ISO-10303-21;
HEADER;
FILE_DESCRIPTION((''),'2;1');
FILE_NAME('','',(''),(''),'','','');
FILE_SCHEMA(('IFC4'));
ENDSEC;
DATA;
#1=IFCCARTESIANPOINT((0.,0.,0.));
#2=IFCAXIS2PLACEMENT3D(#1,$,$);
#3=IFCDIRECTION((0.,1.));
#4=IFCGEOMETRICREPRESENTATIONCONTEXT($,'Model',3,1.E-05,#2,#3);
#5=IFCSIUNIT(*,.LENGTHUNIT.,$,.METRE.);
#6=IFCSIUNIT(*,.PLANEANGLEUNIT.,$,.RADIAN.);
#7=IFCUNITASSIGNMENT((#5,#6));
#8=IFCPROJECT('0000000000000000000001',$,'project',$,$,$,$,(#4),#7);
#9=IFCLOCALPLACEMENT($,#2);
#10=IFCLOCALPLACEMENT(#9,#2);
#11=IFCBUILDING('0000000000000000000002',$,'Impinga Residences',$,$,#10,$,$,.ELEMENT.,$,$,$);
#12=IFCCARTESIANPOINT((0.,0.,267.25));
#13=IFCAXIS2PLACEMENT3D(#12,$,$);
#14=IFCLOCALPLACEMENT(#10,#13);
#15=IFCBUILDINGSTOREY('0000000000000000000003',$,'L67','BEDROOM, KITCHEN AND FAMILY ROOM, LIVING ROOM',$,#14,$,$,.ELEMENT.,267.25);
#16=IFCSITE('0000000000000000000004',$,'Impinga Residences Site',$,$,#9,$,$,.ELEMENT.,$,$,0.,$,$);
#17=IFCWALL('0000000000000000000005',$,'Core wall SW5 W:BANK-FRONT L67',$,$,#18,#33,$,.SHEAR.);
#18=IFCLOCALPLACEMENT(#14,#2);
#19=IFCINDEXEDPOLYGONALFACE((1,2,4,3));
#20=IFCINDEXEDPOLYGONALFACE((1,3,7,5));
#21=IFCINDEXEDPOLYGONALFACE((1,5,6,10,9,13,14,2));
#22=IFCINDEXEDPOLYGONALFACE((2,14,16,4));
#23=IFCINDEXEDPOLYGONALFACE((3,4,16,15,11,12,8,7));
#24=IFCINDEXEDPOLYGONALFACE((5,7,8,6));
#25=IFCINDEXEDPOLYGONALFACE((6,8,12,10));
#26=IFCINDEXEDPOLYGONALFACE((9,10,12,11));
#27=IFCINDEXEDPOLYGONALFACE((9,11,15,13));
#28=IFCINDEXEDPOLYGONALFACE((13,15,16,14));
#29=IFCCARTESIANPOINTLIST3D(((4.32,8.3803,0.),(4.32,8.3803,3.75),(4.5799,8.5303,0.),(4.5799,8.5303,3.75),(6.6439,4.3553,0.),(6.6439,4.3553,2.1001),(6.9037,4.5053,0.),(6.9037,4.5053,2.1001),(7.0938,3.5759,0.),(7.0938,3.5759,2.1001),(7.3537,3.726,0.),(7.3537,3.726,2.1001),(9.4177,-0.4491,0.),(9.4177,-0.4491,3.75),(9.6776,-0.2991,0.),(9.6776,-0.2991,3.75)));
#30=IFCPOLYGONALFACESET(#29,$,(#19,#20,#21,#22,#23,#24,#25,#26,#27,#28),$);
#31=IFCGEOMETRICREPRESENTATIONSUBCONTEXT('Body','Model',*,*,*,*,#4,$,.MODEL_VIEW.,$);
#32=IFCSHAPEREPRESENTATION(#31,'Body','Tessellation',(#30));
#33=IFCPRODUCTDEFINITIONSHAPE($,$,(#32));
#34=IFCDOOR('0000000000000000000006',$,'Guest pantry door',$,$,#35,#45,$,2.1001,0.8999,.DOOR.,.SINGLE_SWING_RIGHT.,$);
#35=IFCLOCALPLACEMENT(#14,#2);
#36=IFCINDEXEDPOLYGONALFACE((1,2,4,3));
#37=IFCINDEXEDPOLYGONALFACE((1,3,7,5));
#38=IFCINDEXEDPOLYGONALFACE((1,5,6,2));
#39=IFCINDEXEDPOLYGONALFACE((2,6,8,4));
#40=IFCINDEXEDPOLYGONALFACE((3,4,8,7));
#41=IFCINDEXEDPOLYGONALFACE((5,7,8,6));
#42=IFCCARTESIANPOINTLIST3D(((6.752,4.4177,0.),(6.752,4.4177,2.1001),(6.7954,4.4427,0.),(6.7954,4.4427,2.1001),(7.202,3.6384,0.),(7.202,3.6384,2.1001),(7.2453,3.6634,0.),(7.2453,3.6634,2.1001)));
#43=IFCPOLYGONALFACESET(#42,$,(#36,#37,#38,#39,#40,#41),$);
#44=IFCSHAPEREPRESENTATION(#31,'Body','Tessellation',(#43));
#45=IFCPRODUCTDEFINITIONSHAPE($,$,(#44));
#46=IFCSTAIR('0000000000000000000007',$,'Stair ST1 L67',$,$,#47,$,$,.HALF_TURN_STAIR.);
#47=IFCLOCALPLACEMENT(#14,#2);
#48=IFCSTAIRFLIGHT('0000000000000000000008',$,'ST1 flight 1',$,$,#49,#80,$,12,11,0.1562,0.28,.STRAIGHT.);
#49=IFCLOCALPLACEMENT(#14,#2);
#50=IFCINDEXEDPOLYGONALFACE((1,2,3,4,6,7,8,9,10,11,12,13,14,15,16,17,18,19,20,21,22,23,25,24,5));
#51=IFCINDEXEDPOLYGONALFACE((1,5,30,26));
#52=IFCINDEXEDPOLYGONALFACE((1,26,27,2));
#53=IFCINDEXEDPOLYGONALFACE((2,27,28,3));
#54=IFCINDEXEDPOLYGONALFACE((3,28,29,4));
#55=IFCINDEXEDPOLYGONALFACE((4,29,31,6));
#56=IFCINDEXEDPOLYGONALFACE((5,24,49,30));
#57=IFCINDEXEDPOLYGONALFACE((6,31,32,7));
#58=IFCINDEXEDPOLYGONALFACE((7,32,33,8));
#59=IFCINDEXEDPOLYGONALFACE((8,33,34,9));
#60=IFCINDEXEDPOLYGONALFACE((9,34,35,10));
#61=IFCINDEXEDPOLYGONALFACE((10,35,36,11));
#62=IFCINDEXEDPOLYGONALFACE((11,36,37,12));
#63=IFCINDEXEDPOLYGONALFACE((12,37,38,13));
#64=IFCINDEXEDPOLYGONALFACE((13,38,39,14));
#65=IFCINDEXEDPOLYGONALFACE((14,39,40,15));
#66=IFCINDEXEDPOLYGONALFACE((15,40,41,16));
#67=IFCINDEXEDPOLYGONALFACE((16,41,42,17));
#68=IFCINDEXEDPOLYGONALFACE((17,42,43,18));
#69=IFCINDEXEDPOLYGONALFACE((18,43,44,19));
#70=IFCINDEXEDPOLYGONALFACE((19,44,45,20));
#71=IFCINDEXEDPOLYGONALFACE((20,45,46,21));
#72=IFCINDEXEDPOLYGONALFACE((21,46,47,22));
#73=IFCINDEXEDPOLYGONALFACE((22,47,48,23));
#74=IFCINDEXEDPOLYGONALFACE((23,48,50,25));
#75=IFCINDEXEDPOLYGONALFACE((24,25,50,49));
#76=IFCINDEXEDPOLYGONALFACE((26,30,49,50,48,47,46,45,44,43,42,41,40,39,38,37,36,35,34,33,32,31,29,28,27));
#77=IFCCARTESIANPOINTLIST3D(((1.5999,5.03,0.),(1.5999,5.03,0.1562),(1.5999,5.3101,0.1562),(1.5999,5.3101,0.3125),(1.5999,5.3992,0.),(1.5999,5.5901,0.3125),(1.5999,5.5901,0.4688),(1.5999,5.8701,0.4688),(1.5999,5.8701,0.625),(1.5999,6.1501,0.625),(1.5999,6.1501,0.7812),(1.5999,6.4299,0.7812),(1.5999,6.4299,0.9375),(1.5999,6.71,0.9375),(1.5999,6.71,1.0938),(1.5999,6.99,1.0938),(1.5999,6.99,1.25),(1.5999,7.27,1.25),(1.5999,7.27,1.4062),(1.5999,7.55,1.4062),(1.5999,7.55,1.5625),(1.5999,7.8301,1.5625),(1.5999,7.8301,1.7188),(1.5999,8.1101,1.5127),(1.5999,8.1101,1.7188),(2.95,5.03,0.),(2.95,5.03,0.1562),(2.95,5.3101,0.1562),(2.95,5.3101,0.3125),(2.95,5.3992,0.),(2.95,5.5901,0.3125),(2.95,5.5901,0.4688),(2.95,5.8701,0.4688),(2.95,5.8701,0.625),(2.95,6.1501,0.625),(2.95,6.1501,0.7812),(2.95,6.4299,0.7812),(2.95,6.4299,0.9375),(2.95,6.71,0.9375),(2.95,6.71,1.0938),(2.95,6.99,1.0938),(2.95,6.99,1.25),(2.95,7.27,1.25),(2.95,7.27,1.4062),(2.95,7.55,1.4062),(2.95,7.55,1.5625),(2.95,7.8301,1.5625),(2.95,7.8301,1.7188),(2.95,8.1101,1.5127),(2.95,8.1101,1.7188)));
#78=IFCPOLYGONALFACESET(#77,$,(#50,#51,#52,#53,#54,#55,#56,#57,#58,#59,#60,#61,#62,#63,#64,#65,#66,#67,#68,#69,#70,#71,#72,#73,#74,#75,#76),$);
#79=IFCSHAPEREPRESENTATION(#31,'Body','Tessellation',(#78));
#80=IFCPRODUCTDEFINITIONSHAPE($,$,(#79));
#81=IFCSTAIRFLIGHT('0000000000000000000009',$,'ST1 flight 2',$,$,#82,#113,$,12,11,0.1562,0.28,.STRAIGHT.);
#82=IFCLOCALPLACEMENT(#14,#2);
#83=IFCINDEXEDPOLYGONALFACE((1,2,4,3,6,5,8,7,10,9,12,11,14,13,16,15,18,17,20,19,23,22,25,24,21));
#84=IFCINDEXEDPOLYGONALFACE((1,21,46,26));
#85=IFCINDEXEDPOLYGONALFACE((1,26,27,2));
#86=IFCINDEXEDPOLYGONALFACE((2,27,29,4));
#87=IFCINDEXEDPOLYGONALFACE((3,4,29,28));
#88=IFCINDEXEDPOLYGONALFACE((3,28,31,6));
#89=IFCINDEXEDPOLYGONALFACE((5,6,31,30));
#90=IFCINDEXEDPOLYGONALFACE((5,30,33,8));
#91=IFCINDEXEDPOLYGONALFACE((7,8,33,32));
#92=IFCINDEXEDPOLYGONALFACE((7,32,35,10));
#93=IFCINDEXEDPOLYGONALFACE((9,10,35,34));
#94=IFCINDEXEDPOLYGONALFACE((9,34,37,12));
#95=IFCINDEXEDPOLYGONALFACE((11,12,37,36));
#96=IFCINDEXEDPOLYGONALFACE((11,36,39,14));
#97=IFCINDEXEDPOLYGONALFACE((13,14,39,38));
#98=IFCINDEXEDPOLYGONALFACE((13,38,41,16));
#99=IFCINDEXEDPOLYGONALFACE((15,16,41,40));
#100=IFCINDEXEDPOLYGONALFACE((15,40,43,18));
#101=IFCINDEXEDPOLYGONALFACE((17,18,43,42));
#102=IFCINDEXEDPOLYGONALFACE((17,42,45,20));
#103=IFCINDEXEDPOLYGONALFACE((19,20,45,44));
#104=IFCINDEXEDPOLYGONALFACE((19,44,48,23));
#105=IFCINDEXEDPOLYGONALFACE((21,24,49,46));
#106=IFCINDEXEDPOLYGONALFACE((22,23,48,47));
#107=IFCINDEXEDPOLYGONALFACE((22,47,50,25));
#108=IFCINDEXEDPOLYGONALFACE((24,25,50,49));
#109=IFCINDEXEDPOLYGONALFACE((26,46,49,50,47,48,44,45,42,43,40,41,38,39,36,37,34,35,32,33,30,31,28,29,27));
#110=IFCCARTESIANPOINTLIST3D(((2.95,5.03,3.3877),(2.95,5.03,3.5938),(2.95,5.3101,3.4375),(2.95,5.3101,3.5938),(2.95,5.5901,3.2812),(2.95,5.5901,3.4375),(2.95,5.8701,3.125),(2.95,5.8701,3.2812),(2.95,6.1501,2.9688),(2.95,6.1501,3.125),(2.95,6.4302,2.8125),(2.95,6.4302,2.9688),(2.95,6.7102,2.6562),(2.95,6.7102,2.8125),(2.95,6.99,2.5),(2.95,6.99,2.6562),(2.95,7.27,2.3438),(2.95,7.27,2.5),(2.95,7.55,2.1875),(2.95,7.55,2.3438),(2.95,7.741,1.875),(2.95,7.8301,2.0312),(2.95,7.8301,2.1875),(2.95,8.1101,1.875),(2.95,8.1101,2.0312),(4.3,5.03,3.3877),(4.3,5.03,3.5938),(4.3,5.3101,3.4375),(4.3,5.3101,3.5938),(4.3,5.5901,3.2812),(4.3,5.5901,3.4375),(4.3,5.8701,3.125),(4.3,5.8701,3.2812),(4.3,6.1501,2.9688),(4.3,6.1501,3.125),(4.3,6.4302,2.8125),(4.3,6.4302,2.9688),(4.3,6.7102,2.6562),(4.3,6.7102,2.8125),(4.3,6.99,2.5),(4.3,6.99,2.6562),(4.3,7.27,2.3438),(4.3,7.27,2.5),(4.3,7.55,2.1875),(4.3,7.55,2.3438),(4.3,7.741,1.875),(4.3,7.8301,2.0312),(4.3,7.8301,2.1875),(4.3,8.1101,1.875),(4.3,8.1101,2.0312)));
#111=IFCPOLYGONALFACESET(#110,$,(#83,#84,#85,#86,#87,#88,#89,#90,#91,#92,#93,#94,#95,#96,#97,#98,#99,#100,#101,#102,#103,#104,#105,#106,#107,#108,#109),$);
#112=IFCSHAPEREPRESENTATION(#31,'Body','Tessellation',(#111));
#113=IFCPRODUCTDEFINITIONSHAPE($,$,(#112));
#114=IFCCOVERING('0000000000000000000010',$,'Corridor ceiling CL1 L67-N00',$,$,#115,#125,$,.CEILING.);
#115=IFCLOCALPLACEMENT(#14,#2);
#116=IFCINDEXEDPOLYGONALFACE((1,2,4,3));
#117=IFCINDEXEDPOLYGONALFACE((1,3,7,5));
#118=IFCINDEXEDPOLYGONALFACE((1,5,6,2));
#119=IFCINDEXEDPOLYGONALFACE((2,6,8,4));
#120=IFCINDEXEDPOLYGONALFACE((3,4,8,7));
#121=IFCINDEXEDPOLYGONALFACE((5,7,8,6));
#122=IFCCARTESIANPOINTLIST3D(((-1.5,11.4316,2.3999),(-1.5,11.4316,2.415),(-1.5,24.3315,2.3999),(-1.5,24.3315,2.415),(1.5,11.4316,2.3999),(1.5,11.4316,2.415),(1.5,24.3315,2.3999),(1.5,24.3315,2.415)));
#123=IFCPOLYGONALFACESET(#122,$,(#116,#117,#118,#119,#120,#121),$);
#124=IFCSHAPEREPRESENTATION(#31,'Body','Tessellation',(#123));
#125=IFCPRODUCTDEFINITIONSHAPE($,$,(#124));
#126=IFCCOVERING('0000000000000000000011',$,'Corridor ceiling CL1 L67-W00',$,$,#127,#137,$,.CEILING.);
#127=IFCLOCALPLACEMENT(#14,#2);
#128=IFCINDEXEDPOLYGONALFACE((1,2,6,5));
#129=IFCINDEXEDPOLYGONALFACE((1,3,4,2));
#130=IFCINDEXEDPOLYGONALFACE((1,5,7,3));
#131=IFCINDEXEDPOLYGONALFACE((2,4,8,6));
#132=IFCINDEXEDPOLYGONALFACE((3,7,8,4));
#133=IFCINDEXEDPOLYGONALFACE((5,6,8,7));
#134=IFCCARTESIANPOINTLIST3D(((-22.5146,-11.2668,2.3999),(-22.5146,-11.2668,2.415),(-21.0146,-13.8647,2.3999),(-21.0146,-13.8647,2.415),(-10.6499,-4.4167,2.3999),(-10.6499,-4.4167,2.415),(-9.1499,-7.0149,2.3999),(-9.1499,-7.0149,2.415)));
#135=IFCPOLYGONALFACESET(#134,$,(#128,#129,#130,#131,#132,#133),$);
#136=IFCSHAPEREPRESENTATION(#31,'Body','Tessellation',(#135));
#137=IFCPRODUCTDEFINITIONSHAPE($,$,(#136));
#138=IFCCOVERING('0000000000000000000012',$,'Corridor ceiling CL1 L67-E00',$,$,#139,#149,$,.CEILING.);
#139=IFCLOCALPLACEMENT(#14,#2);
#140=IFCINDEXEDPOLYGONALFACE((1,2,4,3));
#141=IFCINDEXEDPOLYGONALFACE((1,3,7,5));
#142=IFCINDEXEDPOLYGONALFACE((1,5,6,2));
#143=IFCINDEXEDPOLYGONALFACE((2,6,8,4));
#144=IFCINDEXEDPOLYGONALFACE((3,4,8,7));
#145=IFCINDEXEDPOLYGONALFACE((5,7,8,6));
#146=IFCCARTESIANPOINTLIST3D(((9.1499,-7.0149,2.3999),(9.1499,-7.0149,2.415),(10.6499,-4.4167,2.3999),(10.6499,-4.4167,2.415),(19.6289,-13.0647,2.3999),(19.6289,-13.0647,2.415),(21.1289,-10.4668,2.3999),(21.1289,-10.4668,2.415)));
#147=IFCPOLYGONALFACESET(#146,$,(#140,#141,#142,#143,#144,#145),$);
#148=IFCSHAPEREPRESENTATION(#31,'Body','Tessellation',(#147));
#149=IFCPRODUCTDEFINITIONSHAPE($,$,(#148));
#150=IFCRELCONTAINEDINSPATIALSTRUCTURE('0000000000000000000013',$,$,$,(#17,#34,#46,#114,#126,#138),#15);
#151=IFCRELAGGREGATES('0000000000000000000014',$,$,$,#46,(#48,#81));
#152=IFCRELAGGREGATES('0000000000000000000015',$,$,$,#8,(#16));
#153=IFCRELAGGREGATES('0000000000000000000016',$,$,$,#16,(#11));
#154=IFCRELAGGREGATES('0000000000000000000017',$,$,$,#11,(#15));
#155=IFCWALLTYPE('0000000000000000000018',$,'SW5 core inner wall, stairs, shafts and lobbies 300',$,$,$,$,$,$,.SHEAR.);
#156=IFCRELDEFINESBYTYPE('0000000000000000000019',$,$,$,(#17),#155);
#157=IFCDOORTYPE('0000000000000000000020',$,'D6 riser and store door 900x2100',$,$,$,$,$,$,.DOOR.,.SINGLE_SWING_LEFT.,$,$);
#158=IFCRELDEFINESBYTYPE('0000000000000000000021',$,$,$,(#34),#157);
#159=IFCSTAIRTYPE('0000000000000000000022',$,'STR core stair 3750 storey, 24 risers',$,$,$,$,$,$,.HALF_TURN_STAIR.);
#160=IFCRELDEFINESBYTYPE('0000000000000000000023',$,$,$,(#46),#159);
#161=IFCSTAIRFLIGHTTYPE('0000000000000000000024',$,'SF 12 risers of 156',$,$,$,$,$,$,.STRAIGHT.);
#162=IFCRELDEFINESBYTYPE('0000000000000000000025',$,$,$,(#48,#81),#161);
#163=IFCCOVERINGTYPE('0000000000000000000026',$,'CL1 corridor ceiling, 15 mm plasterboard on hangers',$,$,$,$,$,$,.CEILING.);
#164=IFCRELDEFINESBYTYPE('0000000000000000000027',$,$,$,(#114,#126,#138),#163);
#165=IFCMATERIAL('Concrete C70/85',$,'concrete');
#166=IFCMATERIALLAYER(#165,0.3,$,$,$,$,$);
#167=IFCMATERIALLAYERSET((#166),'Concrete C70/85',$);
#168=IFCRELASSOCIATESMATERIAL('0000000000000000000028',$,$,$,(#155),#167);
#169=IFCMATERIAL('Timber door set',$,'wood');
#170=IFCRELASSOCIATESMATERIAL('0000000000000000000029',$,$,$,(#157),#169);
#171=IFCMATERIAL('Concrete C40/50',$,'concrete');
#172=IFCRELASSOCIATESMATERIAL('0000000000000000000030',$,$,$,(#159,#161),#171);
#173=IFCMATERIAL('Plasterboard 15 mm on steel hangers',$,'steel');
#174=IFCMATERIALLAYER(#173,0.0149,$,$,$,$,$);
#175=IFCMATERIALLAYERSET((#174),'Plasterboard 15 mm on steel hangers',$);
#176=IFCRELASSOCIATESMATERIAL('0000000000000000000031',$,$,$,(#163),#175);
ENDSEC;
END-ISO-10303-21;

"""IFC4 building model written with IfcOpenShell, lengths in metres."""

from ifc_helpers import new_model, si_unit, direction, frame, frame_2d, origin, place, context, subcontext, project, spatial, polyline, rectangle, outline, extrude, material, layer, layer_set, type_object, element, fill, aggregate, save


model = new_model("IFC4")

# Units and contexts
model_context = context("Model", 3, precision=1e-05, world=origin(), true_north=direction((0.0, 1.0)))
body_context = subcontext(model_context, "Body", "Model", "MODEL_VIEW")
ifc_project = project(units=[si_unit("LENGTHUNIT", "METRE"), si_unit("PLANEANGLEUNIT", "RADIAN")], contexts=[model_context])

# Site, building, storey
site_placement = place(None, origin())
site = spatial("IfcSite", under=ifc_project, at=site_placement, Name="Impinga Residences Site", CompositionType="ELEMENT", RefElevation=0.0)
building_placement = place(site_placement, origin())
building = spatial("IfcBuilding", under=site, at=building_placement, Name="Impinga Residences", CompositionType="ELEMENT")
storey_placement = place(building_placement, frame((0.0, 0.0, 267.25)))
storey = spatial("IfcBuildingStorey", under=building, at=storey_placement, Name="L67", Description="BEDROOM, KITCHEN AND FAMILY ROOM, LIVING ROOM", CompositionType="ELEMENT", Elevation=267.25)

# Shared definitions
ifc_material_1 = material(Name="Concrete C40/50", Category="concrete")

# Shared definitions
ifc_material_2 = material(Name="Timber door set", Category="wood")

# Shared definitions
ifc_material_3 = material(Name="Concrete C70/85", Category="concrete")
ifc_layer_1 = layer(ifc_material_3, 0.3)
ifc_layer_set_1 = layer_set([ifc_layer_1], Name="Concrete C70/85")
wall_type_1 = type_object("IfcWallType", Name="SW5 core inner wall, stairs, shafts and lobbies 300", PredefinedType="SHEAR", material=ifc_layer_set_1)

# Wall, opening, door
wall_1_placement = place(storey_placement, frame((4.45, 8.4553, 0.0), z_axis=(0.0, 0.0, 1.0), x_axis=(0.500002, -0.866024, 0.0)))
wall_1 = element("IfcWall", 1, at=wall_1_placement, inside=storey, type_object=wall_type_1, Name="Core wall SW5 W:BANK-FRONT L67", PredefinedType="SHEAR", context=body_context, shape_type="SweptSolid", body=[
    extrude(rectangle(XDim=10.1953, YDim=0.3, at=frame_2d((5.0977, 0.0))), origin(), (0.0, 0.0, 1.0), 3.75),
])
opening_1_placement = place(wall_1_placement, frame((4.6477, 0.0, 0.0)))
opening_1 = element("IfcOpeningElement", 2, at=opening_1_placement, cuts=wall_1, PredefinedType="OPENING", context=body_context, shape_type="SweptSolid", body=[
    extrude(rectangle(XDim=0.8999, YDim=2.1001, at=frame_2d((0.45, 1.05))), frame((0.0, 0.1599, 0.0), z_axis=(0.0, -1.0, 0.0), x_axis=(1.0, 0.0, 0.0)), (0.0, 0.0, 1.0), 0.3201),
])
door_type_1 = type_object("IfcDoorType", Name="D6 riser and store door 900x2100", OperationType="SINGLE_SWING_LEFT", PredefinedType="DOOR", material=ifc_material_2)
door_1_placement = place(opening_1_placement, origin())
door_1 = element("IfcDoor", 3, at=door_1_placement, inside=storey, type_object=door_type_1, Name="Guest pantry door", OperationType="SINGLE_SWING_RIGHT", OverallHeight=2.1001, OverallWidth=0.8999, PredefinedType="DOOR", context=body_context, shape_type="SweptSolid", body=[
    extrude(rectangle(XDim=0.8999, YDim=2.1001, at=frame_2d((0.45, 1.05))), frame((0.0, 0.0249, 0.0), z_axis=(0.0, -1.0, 0.0), x_axis=(1.0, 0.0, 0.0)), (0.0, 0.0, 1.0), 0.05),
])
fill(opening_1, door_1)

# Stair, stair flights
stair_type_1 = type_object("IfcStairType", Name="STR core stair 3750 storey, 24 risers", PredefinedType="HALF_TURN_STAIR", material=ifc_material_1)
stair_1_placement = place(storey_placement, origin())
stair_1 = element("IfcStair", 4, at=stair_1_placement, inside=storey, type_object=stair_type_1, Name="Stair ST1 L67", PredefinedType="HALF_TURN_STAIR")
stair_flight_type = type_object("IfcStairFlightType", Name="SF 12 risers of 156", PredefinedType="STRAIGHT", material=ifc_material_1)
stair_flight_1_placement = place(storey_placement, frame((2.2749, 5.03, 0.0), z_axis=(0.0, 0.0, 1.0), x_axis=(0.0, 1.0, 0.0)))
stair_flight_1 = element("IfcStairFlight", 5, at=stair_flight_1_placement, type_object=stair_flight_type, Name="ST1 flight 1", NumberOfRisers=12, NumberOfTreads=11, PredefinedType="STRAIGHT", RiserHeight=0.1562, TreadLength=0.28, context=body_context, shape_type="SweptSolid", body=[
    extrude(outline(polyline([(0.0, 0.0), (0.0, 0.1562), (0.28, 0.1562), (0.28, 0.3125), (0.5601, 0.3125), (0.5601, 0.4688), (0.8401, 0.4688), (0.8401, 0.625), (1.1201, 0.625), (1.1201, 0.7812), (1.3999, 0.7812), (1.3999, 0.9375), (1.6799, 0.9375), (1.6799, 1.0938), (1.96, 1.0938), (1.96, 1.25), (2.24, 1.25), (2.24, 1.4062), (2.52, 1.4062), (2.52, 1.5625), (2.8, 1.5625), (2.8, 1.7188), (3.0801, 1.7188), (3.0801, 1.875), (3.0801, 1.5127), (0.3691, 0.0), (0.0, 0.0)])), frame((0.0, 0.675, 0.0), z_axis=(0.0, -1.0, 0.0), x_axis=(1.0, 0.0, 0.0)), (0.0, 0.0, 1.0), 1.3501),
])
stair_flight_2_placement = place(storey_placement, frame((3.625, 8.1101, 1.875), z_axis=(0.0, 0.0, 1.0), x_axis=(0.0, -1.0, 0.0)))
stair_flight_2 = element("IfcStairFlight", 6, at=stair_flight_2_placement, type_object=stair_flight_type, Name="ST1 flight 2", NumberOfRisers=12, NumberOfTreads=11, PredefinedType="STRAIGHT", RiserHeight=0.1562, TreadLength=0.28, context=body_context, shape_type="SweptSolid", body=[
    extrude(outline(polyline([(0.0, 0.0), (0.0, 0.1562), (0.28, 0.1562), (0.28, 0.3125), (0.5601, 0.3125), (0.5601, 0.4688), (0.8401, 0.4688), (0.8401, 0.625), (1.1201, 0.625), (1.1201, 0.7812), (1.3999, 0.7812), (1.3999, 0.9375), (1.6799, 0.9375), (1.6799, 1.0938), (1.96, 1.0938), (1.96, 1.25), (2.24, 1.25), (2.24, 1.4062), (2.52, 1.4062), (2.52, 1.5625), (2.8, 1.5625), (2.8, 1.7188), (3.0801, 1.7188), (3.0801, 1.875), (3.0801, 1.5127), (0.3691, 0.0), (0.0, 0.0)])), frame((0.0, 0.675, 0.0), z_axis=(0.0, -1.0, 0.0), x_axis=(1.0, 0.0, 0.0)), (0.0, 0.0, 1.0), 1.3501),
])
aggregate(stair_1, [stair_flight_1, stair_flight_2])

# Coverings
ifc_material_4 = material(Name="Plasterboard 15 mm on steel hangers", Category="steel")
ifc_layer_2 = layer(ifc_material_4, 0.0149)
ifc_layer_set_2 = layer_set([ifc_layer_2], Name="Plasterboard 15 mm on steel hangers")
covering_type_1 = type_object("IfcCoveringType", Name="CL1 corridor ceiling, 15 mm plasterboard on hangers", PredefinedType="CEILING", material=ifc_layer_set_2)
covering_1_placement = place(storey_placement, frame((0.0, 0.0, 2.3999)))
element("IfcCovering", 7, at=covering_1_placement, inside=storey, type_object=covering_type_1, Name="Corridor ceiling CL1 L67-N00", PredefinedType="CEILING", context=body_context, shape_type="SweptSolid", body=[
    extrude(outline(polyline([(-1.5, 11.4316), (1.5, 11.4316), (1.5, 24.3315), (-1.5, 24.3315), (-1.5, 11.4316)])), origin(), (0.0, 0.0, 1.0), 0.0151),
])
covering_2_placement = place(storey_placement, frame((0.0, 0.0, 2.3999)))
element("IfcCovering", 8, at=covering_2_placement, inside=storey, type_object=covering_type_1, Name="Corridor ceiling CL1 L67-W00", PredefinedType="CEILING", context=body_context, shape_type="SweptSolid", body=[
    extrude(outline(polyline([(-9.1499, -7.0149), (-10.6499, -4.4167), (-22.5146, -11.2668), (-21.0146, -13.8647), (-9.1499, -7.0149)])), origin(), (0.0, 0.0, 1.0), 0.0151),
])
covering_3_placement = place(storey_placement, frame((0.0, 0.0, 2.3999)))
element("IfcCovering", 9, at=covering_3_placement, inside=storey, type_object=covering_type_1, Name="Corridor ceiling CL1 L67-E00", PredefinedType="CEILING", context=body_context, shape_type="SweptSolid", body=[
    extrude(outline(polyline([(10.6499, -4.4167), (9.1499, -7.0149), (19.6289, -13.0647), (21.1289, -10.4668), (10.6499, -4.4167)])), origin(), (0.0, 0.0, 1.0), 0.0151),
])

save(model, "model.ifc")
